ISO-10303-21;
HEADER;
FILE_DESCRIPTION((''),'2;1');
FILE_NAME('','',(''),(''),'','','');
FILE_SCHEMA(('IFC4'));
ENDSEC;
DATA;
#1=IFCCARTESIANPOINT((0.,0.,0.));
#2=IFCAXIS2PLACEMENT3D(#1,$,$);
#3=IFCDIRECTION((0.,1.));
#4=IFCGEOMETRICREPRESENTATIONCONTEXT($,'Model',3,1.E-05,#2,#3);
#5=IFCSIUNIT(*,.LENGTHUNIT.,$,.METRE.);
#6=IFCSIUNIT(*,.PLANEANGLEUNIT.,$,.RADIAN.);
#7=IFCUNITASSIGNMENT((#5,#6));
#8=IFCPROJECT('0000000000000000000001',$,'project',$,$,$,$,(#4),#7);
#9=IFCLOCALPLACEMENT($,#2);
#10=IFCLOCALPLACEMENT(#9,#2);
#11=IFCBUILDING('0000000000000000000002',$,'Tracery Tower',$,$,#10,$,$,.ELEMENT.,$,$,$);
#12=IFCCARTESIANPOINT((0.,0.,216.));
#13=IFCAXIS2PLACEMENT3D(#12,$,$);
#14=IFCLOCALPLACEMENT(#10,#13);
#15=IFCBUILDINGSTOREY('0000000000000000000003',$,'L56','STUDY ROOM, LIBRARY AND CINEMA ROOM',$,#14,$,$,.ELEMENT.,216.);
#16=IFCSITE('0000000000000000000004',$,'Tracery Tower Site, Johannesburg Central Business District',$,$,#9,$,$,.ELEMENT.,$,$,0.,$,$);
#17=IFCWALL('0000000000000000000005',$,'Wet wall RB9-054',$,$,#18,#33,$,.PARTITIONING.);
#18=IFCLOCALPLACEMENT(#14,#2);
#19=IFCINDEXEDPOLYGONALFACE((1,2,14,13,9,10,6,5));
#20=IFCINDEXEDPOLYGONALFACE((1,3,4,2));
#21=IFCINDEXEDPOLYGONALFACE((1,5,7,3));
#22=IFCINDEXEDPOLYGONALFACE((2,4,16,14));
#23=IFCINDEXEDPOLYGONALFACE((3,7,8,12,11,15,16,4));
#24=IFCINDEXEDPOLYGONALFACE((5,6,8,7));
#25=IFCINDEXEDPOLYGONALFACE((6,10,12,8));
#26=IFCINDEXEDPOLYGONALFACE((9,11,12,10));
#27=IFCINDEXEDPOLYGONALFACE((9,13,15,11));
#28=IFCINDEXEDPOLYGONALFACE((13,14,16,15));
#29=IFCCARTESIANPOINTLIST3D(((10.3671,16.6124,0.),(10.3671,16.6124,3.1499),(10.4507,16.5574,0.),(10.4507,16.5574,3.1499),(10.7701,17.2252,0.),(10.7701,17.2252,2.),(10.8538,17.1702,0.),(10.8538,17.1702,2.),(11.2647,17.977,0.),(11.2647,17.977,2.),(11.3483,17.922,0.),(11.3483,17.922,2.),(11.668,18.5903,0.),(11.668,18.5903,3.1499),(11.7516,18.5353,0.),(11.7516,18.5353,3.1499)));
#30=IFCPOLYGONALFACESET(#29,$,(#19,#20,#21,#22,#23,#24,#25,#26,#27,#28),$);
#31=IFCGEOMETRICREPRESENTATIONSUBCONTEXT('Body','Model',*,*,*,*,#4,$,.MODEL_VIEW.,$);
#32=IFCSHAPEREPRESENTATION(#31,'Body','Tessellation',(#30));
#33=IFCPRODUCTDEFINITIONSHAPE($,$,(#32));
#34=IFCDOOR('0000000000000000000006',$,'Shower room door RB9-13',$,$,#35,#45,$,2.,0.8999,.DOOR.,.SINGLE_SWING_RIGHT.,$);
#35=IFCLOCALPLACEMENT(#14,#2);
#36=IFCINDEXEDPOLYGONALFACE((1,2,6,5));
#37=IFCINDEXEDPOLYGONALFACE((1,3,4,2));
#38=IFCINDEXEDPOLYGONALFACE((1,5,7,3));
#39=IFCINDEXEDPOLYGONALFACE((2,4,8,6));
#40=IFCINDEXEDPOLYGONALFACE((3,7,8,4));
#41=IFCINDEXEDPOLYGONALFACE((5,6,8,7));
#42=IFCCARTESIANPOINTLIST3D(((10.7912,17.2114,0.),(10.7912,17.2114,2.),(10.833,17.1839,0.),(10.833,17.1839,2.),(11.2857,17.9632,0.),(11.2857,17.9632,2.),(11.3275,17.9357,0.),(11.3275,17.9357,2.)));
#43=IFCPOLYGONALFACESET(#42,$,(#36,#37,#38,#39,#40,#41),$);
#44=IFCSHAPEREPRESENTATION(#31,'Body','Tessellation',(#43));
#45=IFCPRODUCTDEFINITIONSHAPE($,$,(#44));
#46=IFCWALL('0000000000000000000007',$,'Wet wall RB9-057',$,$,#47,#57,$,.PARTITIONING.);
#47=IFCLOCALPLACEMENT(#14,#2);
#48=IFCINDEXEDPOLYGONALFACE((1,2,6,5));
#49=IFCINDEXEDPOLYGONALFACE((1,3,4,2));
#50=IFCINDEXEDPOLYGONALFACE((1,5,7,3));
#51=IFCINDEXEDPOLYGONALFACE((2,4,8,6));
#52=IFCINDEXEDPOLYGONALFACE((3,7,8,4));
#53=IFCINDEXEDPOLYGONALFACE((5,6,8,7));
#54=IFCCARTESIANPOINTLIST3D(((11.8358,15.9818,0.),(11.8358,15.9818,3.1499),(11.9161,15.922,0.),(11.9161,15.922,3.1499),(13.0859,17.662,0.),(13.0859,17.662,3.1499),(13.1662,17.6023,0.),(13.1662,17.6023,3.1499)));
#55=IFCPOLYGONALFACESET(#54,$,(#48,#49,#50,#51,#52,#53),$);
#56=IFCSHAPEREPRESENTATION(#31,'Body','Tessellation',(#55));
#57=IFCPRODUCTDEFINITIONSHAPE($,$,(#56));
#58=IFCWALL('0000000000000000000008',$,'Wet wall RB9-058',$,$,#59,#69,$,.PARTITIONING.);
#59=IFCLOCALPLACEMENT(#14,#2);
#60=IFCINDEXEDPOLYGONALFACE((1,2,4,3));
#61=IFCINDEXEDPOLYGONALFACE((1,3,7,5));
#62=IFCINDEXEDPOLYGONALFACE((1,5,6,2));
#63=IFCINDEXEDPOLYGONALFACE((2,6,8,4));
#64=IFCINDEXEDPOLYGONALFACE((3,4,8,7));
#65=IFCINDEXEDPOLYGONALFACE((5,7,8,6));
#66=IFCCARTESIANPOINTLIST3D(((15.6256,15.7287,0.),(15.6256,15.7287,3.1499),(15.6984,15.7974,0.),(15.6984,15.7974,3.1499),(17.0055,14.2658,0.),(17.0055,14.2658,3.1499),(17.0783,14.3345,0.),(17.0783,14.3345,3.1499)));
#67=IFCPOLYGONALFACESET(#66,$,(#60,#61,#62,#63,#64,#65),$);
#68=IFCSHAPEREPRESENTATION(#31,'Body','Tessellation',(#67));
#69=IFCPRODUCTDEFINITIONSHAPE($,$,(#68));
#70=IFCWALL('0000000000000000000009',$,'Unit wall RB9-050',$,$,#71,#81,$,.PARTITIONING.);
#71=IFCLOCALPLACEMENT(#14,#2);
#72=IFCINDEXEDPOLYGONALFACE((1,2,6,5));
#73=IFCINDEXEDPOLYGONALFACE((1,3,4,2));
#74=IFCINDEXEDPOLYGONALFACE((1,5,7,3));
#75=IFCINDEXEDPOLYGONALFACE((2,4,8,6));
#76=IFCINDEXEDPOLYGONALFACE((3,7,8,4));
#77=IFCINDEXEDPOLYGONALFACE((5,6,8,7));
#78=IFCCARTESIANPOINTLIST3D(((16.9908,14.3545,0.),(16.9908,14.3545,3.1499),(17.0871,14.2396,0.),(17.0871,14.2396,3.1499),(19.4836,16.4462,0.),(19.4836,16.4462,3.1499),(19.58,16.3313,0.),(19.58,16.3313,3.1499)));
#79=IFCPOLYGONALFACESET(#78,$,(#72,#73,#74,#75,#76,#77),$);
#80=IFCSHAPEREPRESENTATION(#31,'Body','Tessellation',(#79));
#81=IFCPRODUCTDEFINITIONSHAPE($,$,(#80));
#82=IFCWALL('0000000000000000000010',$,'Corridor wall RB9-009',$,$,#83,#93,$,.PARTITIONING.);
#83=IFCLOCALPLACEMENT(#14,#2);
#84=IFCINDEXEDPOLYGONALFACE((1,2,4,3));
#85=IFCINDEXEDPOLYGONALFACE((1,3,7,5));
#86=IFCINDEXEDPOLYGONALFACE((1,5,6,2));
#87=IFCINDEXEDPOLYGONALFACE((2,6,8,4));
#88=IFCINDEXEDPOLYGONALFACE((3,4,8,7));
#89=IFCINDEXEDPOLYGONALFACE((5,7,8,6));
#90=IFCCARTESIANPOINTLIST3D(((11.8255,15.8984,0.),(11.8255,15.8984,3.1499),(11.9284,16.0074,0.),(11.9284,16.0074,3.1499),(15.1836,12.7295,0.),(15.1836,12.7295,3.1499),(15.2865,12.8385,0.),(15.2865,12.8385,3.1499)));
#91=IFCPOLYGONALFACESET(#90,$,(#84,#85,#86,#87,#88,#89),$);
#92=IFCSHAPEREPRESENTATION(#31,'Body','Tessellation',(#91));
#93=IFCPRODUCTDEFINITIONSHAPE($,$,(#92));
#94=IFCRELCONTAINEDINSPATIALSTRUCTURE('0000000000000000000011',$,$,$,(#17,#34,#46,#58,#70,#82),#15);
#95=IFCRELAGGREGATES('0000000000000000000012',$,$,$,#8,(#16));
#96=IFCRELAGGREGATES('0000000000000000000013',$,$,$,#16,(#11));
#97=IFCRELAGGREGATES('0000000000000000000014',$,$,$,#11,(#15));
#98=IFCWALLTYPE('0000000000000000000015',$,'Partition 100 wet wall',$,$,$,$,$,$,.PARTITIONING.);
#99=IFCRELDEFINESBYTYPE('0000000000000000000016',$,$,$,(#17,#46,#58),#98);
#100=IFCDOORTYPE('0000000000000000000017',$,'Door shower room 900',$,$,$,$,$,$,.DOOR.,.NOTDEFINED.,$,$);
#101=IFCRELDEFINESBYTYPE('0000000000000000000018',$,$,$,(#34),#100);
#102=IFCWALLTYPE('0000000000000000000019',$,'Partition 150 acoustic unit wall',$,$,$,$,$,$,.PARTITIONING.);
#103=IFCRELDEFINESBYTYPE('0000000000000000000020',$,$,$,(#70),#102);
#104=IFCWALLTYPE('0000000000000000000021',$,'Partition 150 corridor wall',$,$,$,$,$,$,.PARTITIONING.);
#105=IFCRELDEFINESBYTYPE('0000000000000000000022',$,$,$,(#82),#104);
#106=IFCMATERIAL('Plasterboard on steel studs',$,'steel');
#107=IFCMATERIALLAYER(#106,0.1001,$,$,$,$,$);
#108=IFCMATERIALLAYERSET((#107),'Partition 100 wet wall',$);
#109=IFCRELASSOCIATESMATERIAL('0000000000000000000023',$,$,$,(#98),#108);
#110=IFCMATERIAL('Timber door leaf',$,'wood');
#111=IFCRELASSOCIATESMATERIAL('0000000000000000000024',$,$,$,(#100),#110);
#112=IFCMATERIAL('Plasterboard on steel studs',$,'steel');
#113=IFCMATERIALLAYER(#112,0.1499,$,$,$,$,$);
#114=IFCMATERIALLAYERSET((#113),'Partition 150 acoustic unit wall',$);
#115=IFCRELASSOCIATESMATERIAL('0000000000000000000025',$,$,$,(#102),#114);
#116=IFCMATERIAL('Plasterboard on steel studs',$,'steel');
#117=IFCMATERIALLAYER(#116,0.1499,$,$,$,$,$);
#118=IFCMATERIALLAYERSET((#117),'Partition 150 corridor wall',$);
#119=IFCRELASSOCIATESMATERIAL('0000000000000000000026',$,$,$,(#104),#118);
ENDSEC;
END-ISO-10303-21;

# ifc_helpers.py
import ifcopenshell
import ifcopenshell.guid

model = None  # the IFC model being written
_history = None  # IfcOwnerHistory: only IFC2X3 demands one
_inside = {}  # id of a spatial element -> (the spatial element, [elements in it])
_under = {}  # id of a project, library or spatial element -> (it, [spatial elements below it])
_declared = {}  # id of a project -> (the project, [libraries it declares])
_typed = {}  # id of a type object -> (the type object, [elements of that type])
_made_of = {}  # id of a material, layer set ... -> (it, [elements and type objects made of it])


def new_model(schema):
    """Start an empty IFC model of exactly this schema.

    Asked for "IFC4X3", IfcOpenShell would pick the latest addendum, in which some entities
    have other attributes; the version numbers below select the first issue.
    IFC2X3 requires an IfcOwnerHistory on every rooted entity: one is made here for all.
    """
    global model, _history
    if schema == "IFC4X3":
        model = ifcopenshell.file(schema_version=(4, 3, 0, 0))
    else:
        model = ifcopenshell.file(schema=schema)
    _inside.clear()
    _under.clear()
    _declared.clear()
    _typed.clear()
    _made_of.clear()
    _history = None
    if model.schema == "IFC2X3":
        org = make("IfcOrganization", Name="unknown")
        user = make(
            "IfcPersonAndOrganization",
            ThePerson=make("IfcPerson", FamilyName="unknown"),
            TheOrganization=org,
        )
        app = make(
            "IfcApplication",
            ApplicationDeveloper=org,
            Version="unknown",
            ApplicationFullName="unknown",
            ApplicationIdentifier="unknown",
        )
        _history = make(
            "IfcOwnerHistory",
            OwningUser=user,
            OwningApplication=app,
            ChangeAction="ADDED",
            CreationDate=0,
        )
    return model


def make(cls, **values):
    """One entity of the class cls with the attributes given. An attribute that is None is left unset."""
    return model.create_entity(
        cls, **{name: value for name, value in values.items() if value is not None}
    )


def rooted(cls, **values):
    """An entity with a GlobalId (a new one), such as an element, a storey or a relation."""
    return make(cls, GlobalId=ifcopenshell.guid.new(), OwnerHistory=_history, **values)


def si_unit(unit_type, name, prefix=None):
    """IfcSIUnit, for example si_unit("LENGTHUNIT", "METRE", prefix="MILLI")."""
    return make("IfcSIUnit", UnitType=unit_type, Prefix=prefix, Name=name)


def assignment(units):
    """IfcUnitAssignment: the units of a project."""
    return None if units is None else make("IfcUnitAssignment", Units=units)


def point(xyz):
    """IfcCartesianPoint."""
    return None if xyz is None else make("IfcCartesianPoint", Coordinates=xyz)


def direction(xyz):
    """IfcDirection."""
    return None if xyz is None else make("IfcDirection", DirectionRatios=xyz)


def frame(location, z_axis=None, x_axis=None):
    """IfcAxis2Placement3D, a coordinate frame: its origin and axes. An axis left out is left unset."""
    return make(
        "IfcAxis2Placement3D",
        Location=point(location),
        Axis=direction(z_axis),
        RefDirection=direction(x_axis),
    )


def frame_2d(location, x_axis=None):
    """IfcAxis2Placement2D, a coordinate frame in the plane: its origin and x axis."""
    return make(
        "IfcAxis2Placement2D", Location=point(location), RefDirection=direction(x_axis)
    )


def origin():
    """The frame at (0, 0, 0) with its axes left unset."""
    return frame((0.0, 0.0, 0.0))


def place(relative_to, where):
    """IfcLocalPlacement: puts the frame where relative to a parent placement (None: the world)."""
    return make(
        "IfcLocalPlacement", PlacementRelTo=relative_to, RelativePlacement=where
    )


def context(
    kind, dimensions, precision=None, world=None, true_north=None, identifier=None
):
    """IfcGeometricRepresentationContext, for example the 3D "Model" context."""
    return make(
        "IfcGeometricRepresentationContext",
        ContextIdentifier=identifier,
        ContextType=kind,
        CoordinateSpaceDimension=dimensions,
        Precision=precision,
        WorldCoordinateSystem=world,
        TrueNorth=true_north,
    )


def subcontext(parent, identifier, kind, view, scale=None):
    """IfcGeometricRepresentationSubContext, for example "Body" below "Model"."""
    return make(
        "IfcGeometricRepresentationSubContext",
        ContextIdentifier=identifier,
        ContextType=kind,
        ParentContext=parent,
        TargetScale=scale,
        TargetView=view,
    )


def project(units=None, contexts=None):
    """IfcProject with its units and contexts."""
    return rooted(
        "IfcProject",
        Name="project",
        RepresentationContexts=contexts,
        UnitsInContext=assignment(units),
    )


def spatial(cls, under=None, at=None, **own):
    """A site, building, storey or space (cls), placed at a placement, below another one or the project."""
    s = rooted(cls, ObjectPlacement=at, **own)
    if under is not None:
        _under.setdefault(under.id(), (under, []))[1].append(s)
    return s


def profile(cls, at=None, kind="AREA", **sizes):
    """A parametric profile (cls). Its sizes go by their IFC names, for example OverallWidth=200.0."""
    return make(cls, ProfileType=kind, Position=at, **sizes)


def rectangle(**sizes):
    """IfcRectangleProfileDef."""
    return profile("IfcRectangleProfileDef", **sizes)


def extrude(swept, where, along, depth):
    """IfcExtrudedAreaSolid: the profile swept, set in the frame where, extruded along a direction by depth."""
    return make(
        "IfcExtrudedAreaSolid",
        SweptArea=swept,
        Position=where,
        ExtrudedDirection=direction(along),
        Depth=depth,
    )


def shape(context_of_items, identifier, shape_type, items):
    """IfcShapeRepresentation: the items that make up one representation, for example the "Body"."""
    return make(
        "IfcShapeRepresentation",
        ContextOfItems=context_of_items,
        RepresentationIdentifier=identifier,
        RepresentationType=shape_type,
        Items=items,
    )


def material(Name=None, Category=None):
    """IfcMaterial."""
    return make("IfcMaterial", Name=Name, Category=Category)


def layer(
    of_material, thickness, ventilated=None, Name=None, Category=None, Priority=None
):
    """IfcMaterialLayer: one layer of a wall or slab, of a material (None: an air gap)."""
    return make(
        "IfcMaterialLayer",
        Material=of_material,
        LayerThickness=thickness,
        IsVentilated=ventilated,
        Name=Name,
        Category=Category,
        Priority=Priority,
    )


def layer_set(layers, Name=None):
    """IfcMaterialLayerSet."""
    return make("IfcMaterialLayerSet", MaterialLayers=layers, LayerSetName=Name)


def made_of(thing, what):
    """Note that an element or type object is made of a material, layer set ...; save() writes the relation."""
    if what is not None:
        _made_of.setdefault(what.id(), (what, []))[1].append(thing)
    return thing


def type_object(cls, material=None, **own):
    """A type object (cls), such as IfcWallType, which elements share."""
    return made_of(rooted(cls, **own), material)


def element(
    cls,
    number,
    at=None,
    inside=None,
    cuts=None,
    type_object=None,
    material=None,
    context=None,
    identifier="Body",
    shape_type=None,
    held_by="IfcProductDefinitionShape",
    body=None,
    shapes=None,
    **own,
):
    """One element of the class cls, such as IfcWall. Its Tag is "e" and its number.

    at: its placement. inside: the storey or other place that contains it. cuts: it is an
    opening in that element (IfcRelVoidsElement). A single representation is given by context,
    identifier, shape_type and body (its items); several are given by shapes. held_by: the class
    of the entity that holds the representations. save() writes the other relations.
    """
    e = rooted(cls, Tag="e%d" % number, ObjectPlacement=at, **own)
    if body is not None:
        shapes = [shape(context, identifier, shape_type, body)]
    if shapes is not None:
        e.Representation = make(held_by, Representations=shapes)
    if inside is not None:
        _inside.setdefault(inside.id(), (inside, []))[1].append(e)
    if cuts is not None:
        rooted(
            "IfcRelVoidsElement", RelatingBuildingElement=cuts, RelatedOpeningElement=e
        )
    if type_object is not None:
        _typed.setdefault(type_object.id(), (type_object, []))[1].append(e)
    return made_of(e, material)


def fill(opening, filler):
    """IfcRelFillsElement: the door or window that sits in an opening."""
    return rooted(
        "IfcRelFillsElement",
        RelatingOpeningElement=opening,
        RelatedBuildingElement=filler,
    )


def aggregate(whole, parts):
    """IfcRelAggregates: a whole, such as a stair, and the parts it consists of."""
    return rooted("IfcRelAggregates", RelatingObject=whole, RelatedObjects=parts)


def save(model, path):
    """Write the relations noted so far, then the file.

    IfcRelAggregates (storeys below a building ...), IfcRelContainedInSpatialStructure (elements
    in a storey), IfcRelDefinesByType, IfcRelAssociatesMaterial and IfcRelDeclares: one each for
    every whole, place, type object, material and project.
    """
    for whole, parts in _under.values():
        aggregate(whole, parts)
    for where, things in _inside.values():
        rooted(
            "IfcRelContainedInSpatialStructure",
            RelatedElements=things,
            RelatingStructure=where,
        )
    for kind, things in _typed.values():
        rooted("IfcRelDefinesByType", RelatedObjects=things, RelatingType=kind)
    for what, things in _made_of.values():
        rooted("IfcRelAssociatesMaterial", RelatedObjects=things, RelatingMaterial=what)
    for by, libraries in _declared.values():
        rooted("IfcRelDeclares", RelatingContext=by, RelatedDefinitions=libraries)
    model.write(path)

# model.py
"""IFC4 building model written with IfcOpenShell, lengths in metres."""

from ifc_helpers import new_model, si_unit, direction, frame, frame_2d, origin, place, context, subcontext, project, spatial, rectangle, extrude, material, layer, layer_set, type_object, element, fill, save


model = new_model("IFC4")

# Units and contexts
model_context = context("Model", 3, precision=1e-05, world=origin(), true_north=direction((0.0, 1.0)))
body_context = subcontext(model_context, "Body", "Model", "MODEL_VIEW")
ifc_project = project(units=[si_unit("LENGTHUNIT", "METRE"), si_unit("PLANEANGLEUNIT", "RADIAN")], contexts=[model_context])

# Site, building, storey
site_placement = place(None, origin())
site = spatial("IfcSite", under=ifc_project, at=site_placement, Name="Tracery Tower Site, Johannesburg Central Business District", CompositionType="ELEMENT", RefElevation=0.0)
building_placement = place(site_placement, origin())
building = spatial("IfcBuilding", under=site, at=building_placement, Name="Tracery Tower", CompositionType="ELEMENT")
storey_placement = place(building_placement, frame((0.0, 0.0, 216.0)))
storey = spatial("IfcBuildingStorey", under=building, at=storey_placement, Name="L56", Description="STUDY ROOM, LIBRARY AND CINEMA ROOM", CompositionType="ELEMENT", Elevation=216.0)

# Shared definitions
ifc_material_1 = material(Name="Plasterboard on steel studs", Category="steel")
ifc_layer_1 = layer(ifc_material_1, 0.1001)
ifc_layer_set_1 = layer_set([ifc_layer_1], Name="Partition 100 wet wall")
wall_type_1 = type_object("IfcWallType", Name="Partition 100 wet wall", PredefinedType="PARTITIONING", material=ifc_layer_set_1)

# Wall, opening, door
wall_1_placement = place(storey_placement, frame((10.4089, 16.585, 0.0), z_axis=(0.0, 0.0, 1.0), x_axis=(0.549526, 0.835477, 0.0)))
wall_1 = element("IfcWall", 1, at=wall_1_placement, inside=storey, type_object=wall_type_1, Name="Wet wall RB9-054", PredefinedType="PARTITIONING", context=body_context, shape_type="SweptSolid", body=[
    extrude(rectangle(XDim=2.3674, YDim=0.1001, at=frame_2d((1.1836, 0.0))), origin(), (0.0, 0.0, 1.0), 3.1499),
])
opening_1_placement = place(wall_1_placement, frame((0.7334, 0.0, 0.0)))
opening_1 = element("IfcOpeningElement", 2, at=opening_1_placement, cuts=wall_1, PredefinedType="OPENING", context=body_context, shape_type="SweptSolid", body=[
    extrude(rectangle(XDim=0.8999, YDim=2.0, at=frame_2d((0.45, 1.0))), frame((0.0, 0.05, 0.0), z_axis=(0.0, -1.0, 0.0), x_axis=(1.0, 0.0, 0.0)), (0.0, 0.0, 1.0), 0.1001),
])
ifc_material_2 = material(Name="Timber door leaf", Category="wood")
door_type_1 = type_object("IfcDoorType", Name="Door shower room 900", OperationType="NOTDEFINED", PredefinedType="DOOR", material=ifc_material_2)
door_1_placement = place(opening_1_placement, origin())
door_1 = element("IfcDoor", 3, at=door_1_placement, inside=storey, type_object=door_type_1, Name="Shower room door RB9-13", OperationType="SINGLE_SWING_RIGHT", OverallHeight=2.0, OverallWidth=0.8999, PredefinedType="DOOR", context=body_context, shape_type="SweptSolid", body=[
    extrude(rectangle(XDim=0.8999, YDim=2.0, at=frame_2d((0.45, 1.0))), frame((0.0, 0.0249, 0.0), z_axis=(0.0, -1.0, 0.0), x_axis=(1.0, 0.0, 0.0)), (0.0, 0.0, 1.0), 0.05),
])
fill(opening_1, door_1)

# Walls
wall_2_placement = place(storey_placement, frame((11.876, 15.9519, 0.0), z_axis=(0.0, 0.0, 1.0), x_axis=(0.596899, 0.802316, 0.0)))
element("IfcWall", 4, at=wall_2_placement, inside=storey, type_object=wall_type_1, Name="Wet wall RB9-057", PredefinedType="PARTITIONING", context=body_context, shape_type="SweptSolid", body=[
    extrude(rectangle(XDim=2.0942, YDim=0.1001, at=frame_2d((1.0471, 0.0))), origin(), (0.0, 0.0, 1.0), 3.1499),
])
wall_3_placement = place(storey_placement, frame((15.6621, 15.7629, 0.0), z_axis=(0.0, 0.0, 1.0), x_axis=(0.686167, -0.727444, 0.0)))
element("IfcWall", 5, at=wall_3_placement, inside=storey, type_object=wall_type_1, Name="Wet wall RB9-058", PredefinedType="PARTITIONING", context=body_context, shape_type="SweptSolid", body=[
    extrude(rectangle(XDim=2.011, YDim=0.1001, at=frame_2d((1.0054, 0.0))), origin(), (0.0, 0.0, 1.0), 3.1499),
])
ifc_material_3 = material(Name="Plasterboard on steel studs", Category="steel")
ifc_layer_2 = layer(ifc_material_3, 0.1499)
ifc_layer_set_2 = layer_set([ifc_layer_2], Name="Partition 150 acoustic unit wall")
wall_type_2 = type_object("IfcWallType", Name="Partition 150 acoustic unit wall", PredefinedType="PARTITIONING", material=ifc_layer_set_2)
wall_4_placement = place(storey_placement, frame((17.0391, 14.2971, 0.0), z_axis=(0.0, 0.0, 1.0), x_axis=(0.766046, 0.642786, 0.0)))
element("IfcWall", 6, at=wall_4_placement, inside=storey, type_object=wall_type_2, Name="Unit wall RB9-050", PredefinedType="PARTITIONING", context=body_context, shape_type="SweptSolid", body=[
    extrude(rectangle(XDim=3.2542, YDim=0.1499, at=frame_2d((1.627, 0.0))), origin(), (0.0, 0.0, 1.0), 3.1499),
])
ifc_material_4 = material(Name="Plasterboard on steel studs", Category="steel")
ifc_layer_3 = layer(ifc_material_4, 0.1499)
ifc_layer_set_3 = layer_set([ifc_layer_3], Name="Partition 150 corridor wall")
wall_type_3 = type_object("IfcWallType", Name="Partition 150 corridor wall", PredefinedType="PARTITIONING", material=ifc_layer_set_3)
wall_5_placement = place(storey_placement, frame((11.877, 15.9529, 0.0), z_axis=(0.0, 0.0, 1.0), x_axis=(0.727299, -0.686321, 0.0)))
element("IfcWall", 7, at=wall_5_placement, inside=storey, type_object=wall_type_3, Name="Corridor wall RB9-009", PredefinedType="PARTITIONING", context=body_context, shape_type="SweptSolid", body=[
    extrude(rectangle(XDim=4.6172, YDim=0.1499, at=frame_2d((2.3086, 0.0))), origin(), (0.0, 0.0, 1.0), 3.1499),
])

save(model, "model.ifc")
